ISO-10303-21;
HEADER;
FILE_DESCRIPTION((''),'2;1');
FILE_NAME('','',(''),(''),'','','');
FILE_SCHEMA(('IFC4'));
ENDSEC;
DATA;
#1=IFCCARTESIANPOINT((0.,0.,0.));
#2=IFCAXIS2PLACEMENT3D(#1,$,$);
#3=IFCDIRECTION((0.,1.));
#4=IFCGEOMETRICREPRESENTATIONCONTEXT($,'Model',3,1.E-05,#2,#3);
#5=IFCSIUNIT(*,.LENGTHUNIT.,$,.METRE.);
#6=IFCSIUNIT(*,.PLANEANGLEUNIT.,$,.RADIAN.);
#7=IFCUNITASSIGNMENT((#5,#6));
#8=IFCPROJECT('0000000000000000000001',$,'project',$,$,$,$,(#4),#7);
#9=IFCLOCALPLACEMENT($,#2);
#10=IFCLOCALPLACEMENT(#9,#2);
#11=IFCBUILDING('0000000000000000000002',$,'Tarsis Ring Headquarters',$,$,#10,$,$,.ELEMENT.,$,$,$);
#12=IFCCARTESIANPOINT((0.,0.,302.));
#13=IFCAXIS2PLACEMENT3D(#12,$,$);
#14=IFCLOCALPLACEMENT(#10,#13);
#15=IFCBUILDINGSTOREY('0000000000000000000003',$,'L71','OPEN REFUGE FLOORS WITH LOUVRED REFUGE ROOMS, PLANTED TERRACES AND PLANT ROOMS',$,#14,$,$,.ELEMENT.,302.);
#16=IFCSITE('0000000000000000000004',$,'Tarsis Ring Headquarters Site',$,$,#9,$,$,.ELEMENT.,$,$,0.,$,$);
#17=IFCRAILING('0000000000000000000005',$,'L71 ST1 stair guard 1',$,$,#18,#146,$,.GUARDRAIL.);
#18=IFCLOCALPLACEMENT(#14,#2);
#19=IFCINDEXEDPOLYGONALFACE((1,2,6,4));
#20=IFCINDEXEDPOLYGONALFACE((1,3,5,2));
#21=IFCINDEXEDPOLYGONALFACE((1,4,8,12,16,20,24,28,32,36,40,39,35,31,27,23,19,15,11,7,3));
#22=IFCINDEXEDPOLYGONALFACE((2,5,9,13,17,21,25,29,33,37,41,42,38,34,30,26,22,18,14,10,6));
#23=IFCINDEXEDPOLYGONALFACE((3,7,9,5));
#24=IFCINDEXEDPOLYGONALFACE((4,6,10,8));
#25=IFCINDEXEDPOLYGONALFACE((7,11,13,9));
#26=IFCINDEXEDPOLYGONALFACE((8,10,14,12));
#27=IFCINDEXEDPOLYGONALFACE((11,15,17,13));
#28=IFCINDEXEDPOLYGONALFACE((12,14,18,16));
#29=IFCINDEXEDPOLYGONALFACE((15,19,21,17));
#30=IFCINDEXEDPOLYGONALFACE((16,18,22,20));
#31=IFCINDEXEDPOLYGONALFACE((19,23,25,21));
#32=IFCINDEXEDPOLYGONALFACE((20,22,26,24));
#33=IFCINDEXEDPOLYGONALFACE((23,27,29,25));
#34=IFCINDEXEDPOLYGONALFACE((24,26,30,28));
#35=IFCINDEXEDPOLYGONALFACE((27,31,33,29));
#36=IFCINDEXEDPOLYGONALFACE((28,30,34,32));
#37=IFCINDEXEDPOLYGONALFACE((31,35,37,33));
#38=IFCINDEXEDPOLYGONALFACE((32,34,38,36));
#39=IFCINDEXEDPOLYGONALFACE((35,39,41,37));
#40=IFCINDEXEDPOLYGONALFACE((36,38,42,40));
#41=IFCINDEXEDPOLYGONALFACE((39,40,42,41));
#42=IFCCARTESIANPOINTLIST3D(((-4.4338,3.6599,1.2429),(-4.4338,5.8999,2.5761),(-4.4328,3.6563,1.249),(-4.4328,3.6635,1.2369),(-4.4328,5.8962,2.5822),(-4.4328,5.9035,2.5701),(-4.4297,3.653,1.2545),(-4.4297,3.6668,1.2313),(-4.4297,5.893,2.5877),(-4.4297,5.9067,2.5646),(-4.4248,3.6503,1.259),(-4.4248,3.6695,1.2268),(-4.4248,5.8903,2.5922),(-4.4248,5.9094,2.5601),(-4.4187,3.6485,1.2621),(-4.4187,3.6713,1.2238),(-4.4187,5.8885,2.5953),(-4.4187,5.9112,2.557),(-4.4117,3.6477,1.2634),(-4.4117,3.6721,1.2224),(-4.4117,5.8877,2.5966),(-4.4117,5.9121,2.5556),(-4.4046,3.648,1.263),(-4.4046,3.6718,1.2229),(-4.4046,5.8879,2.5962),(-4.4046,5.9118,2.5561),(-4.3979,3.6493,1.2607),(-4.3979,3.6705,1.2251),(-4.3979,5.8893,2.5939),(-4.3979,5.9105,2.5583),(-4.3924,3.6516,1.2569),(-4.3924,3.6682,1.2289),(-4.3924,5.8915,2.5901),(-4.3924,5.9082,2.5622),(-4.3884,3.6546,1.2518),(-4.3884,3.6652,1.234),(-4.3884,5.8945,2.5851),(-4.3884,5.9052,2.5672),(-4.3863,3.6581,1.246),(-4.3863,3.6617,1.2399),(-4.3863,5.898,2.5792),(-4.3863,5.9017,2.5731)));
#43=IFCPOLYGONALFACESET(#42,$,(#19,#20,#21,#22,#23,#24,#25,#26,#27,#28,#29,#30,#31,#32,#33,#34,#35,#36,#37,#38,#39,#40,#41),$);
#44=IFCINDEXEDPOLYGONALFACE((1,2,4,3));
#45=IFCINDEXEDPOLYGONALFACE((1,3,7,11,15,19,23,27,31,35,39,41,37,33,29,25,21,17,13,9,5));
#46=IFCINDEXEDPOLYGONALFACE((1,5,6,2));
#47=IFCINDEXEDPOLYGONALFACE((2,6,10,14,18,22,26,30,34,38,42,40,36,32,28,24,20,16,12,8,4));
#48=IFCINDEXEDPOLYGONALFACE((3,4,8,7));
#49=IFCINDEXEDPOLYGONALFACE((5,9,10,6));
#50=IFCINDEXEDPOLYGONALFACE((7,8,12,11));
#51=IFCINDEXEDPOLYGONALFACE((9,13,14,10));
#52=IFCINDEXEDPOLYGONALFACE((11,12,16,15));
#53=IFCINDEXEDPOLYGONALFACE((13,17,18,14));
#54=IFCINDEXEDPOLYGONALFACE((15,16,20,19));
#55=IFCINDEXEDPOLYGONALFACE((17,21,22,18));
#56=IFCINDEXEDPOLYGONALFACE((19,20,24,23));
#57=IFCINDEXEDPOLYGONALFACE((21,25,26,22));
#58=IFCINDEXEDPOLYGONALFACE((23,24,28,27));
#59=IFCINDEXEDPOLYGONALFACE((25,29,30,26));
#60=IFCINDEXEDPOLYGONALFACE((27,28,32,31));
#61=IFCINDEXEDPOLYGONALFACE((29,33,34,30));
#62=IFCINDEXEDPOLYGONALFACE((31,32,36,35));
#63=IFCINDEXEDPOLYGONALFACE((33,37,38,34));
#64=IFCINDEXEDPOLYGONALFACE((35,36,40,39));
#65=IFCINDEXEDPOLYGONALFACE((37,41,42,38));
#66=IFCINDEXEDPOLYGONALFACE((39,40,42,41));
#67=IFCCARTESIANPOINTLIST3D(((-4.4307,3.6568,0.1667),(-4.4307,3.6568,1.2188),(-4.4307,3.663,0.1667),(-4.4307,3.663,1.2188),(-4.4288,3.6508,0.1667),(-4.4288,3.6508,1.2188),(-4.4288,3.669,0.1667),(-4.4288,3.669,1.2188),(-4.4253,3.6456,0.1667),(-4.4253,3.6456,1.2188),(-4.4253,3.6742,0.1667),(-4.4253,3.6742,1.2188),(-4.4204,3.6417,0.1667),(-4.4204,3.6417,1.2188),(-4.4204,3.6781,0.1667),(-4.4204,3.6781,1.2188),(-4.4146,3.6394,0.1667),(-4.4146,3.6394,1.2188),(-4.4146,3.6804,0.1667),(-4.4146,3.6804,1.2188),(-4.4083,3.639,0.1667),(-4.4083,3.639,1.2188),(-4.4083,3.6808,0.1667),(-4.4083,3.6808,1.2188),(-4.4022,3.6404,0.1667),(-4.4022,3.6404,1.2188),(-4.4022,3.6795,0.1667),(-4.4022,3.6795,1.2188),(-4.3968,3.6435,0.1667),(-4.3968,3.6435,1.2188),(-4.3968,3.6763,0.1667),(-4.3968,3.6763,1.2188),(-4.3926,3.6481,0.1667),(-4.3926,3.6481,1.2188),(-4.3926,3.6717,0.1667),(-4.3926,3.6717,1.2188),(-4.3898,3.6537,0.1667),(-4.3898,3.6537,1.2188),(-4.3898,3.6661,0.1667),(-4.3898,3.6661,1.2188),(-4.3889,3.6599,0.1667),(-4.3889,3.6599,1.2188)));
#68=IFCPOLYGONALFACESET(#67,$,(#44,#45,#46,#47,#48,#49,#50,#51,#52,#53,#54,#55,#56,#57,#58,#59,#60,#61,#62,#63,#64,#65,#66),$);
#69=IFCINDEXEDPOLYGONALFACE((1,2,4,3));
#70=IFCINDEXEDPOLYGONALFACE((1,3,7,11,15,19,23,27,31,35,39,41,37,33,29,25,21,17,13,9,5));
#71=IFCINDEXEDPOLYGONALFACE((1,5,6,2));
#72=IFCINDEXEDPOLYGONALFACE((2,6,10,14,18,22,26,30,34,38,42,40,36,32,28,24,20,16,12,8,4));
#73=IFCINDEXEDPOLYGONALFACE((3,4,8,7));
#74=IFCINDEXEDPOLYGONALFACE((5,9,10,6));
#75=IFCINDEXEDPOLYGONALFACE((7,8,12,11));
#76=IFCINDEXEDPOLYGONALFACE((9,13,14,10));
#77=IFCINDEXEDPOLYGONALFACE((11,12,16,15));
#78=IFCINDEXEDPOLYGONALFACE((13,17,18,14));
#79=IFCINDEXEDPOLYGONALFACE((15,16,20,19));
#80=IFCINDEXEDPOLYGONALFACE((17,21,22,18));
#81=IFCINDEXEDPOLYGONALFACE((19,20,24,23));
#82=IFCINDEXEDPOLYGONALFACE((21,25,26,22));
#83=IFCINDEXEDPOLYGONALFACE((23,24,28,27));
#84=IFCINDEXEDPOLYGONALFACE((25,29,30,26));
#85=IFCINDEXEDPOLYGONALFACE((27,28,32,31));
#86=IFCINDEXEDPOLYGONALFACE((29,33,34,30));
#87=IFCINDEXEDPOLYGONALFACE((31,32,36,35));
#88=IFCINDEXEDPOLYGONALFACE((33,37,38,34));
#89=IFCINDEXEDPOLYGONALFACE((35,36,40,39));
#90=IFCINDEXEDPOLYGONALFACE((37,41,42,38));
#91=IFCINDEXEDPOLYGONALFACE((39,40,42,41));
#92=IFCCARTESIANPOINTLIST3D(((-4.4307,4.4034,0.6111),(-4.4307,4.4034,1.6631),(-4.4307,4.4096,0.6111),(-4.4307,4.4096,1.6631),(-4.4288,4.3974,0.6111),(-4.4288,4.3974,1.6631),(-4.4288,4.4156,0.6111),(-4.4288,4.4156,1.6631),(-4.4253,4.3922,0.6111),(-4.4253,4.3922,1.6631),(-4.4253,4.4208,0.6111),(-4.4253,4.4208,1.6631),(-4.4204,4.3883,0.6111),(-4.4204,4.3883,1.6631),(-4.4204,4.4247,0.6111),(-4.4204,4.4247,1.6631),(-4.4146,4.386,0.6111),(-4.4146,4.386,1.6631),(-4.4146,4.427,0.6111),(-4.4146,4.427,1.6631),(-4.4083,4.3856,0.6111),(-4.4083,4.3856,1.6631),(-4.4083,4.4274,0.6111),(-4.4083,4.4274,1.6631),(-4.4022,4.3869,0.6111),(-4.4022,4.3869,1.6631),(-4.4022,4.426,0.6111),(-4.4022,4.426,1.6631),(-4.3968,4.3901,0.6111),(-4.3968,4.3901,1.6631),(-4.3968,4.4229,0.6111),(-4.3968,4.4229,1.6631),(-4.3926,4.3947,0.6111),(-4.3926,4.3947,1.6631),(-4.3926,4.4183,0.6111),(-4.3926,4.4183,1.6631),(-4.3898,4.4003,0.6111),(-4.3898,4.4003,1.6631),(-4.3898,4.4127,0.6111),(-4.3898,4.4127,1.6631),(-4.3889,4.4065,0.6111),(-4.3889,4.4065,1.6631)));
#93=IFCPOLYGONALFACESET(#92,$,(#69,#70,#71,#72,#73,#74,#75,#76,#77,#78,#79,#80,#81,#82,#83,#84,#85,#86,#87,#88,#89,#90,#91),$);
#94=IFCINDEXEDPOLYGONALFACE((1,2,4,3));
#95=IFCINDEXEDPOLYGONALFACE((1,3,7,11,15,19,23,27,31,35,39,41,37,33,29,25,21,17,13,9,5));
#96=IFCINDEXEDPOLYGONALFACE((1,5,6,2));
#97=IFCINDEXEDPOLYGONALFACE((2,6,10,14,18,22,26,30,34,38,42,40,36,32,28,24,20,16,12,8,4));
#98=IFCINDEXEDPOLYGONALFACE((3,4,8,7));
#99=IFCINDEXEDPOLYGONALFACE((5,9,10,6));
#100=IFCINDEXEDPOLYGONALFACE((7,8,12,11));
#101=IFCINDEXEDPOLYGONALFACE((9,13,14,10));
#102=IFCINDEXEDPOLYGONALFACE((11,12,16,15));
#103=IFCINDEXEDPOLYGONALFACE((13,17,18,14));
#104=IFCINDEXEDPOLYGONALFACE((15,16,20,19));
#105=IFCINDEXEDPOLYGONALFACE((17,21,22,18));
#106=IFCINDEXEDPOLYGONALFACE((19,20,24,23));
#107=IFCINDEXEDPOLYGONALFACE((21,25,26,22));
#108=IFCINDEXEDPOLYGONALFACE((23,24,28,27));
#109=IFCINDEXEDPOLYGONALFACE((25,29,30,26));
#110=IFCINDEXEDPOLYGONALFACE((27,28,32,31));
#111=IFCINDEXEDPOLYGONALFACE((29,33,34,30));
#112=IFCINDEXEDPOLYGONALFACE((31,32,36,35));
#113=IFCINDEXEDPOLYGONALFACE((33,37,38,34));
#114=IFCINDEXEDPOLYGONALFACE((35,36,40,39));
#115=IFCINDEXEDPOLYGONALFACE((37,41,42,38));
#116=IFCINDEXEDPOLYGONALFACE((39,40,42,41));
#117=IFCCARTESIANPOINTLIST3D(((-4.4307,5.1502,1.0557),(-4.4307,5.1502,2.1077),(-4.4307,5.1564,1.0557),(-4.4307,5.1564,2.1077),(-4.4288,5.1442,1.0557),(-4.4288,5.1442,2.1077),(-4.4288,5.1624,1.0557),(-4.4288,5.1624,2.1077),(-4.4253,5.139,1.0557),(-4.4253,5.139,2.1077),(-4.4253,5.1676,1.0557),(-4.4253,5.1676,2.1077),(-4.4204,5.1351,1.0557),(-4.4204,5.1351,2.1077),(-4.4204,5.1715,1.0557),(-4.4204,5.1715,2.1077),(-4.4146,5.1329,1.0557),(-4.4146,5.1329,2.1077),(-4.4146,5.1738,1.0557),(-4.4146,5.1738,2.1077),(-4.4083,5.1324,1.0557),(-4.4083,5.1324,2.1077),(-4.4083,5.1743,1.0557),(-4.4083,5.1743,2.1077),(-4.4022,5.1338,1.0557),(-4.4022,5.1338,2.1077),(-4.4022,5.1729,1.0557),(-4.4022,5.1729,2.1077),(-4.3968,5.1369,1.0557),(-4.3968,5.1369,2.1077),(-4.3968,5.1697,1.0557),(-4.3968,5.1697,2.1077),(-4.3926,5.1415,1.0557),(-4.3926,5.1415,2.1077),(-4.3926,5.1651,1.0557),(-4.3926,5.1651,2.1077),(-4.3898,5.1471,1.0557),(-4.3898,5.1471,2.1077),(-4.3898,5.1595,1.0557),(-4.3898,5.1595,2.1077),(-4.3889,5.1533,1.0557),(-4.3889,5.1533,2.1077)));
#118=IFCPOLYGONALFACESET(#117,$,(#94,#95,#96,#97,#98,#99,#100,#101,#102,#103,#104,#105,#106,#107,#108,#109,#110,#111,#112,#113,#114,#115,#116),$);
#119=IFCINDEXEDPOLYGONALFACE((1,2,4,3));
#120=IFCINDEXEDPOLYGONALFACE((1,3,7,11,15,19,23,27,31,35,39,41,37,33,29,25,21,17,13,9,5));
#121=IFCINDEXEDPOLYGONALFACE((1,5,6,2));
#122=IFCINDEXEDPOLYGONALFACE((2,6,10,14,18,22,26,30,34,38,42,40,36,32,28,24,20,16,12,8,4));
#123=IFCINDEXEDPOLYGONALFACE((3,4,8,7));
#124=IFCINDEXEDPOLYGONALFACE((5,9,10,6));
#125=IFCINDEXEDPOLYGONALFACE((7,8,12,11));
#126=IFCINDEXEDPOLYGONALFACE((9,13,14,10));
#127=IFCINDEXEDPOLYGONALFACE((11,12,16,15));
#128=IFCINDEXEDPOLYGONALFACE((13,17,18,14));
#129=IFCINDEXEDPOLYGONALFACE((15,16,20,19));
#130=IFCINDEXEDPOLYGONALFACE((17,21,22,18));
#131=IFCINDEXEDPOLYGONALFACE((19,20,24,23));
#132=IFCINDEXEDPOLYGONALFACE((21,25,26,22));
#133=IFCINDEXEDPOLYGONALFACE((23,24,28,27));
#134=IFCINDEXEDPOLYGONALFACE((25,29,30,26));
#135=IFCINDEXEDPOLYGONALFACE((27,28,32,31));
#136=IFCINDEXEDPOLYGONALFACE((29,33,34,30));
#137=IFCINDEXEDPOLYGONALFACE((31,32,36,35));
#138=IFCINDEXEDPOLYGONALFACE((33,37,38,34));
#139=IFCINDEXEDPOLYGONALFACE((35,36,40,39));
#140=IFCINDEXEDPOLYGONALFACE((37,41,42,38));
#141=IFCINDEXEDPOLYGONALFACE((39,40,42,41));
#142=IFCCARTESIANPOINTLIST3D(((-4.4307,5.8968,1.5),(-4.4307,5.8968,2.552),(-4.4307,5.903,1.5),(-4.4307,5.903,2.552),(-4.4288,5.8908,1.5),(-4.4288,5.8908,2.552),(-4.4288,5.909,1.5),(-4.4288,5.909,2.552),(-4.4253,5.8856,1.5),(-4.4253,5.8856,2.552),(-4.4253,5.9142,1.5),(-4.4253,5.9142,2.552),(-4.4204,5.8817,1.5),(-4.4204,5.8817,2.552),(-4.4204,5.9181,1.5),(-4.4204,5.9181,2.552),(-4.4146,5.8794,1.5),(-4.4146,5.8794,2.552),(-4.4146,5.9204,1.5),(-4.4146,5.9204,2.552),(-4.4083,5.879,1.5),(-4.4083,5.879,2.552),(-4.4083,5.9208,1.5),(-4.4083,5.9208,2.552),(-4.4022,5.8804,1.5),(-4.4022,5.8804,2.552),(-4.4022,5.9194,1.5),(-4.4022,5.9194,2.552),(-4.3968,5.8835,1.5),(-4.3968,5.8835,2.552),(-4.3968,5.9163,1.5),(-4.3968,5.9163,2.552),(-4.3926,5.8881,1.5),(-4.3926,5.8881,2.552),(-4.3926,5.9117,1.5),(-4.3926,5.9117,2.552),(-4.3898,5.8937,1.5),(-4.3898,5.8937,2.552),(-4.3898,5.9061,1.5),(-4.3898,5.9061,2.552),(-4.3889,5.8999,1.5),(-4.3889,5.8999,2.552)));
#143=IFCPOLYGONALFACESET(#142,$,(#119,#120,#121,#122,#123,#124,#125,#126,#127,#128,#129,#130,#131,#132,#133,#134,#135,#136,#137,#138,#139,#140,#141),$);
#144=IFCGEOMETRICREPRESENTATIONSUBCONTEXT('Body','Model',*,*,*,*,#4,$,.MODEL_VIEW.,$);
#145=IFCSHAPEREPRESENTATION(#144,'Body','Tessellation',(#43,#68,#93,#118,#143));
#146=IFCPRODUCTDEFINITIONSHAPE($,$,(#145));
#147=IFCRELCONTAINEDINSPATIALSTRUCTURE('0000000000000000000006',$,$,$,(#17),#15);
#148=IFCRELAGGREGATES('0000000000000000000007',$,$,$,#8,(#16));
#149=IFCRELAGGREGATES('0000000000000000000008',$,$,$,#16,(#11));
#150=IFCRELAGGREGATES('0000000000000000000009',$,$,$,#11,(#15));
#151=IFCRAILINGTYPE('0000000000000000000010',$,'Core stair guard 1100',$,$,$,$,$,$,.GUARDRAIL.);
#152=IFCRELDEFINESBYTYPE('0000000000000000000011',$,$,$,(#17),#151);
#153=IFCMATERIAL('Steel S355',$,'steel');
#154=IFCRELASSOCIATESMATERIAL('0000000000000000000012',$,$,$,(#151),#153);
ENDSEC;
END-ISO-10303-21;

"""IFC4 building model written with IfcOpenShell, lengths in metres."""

from ifc_helpers import new_model, si_unit, direction, frame, origin, origin_2d, place, context, subcontext, project, spatial, circle, extrude, material, type_object, element, save


model = new_model("IFC4")

# Units and contexts
model_context = context("Model", 3, precision=1e-05, world=origin(), true_north=direction((0.0, 1.0)))
body_context = subcontext(model_context, "Body", "Model", "MODEL_VIEW")
ifc_project = project(units=[si_unit("LENGTHUNIT", "METRE"), si_unit("PLANEANGLEUNIT", "RADIAN")], contexts=[model_context])

# Site, building, storey
site_placement = place(None, origin())
site = spatial("IfcSite", under=ifc_project, at=site_placement, Name="Tarsis Ring Headquarters Site", CompositionType="ELEMENT", RefElevation=0.0)
building_placement = place(site_placement, origin())
building = spatial("IfcBuilding", under=site, at=building_placement, Name="Tarsis Ring Headquarters", CompositionType="ELEMENT")
storey_placement = place(building_placement, frame((0.0, 0.0, 302.0)))
storey = spatial("IfcBuildingStorey", under=building, at=storey_placement, Name="L71", Description="OPEN REFUGE FLOORS WITH LOUVRED REFUGE ROOMS, PLANTED TERRACES AND PLANT ROOMS", CompositionType="ELEMENT", Elevation=302.0)

# Shared definitions
ifc_material_1 = material(Name="Steel S355", Category="steel")

# Railing
railing_type_1 = type_object("IfcRailingType", Name="Core stair guard 1100", PredefinedType="GUARDRAIL", material=ifc_material_1)
railing_1_placement = place(storey_placement, frame((-4.4099, 3.6599, 0.1667)))
element("IfcRailing", 1, at=railing_1_placement, inside=storey, type_object=railing_type_1, Name="L71 ST1 stair guard 1", PredefinedType="GUARDRAIL", context=body_context, shape_type="SweptSolid", body=[
    extrude(circle(Radius=0.0239, at=origin_2d()), frame((0.0, 0.0, 1.0762), z_axis=(0.0, 0.859306, 0.511462), x_axis=(-1.0, 0.0, 0.0)), (0.0, 0.0, 1.0), 2.6067),
    extrude(circle(Radius=0.021, at=origin_2d()), origin(), (0.0, 0.0, 1.0), 1.052),
    extrude(circle(Radius=0.021, at=origin_2d()), frame((0.0, 0.7466, 0.4443)), (0.0, 0.0, 1.0), 1.052),
    extrude(circle(Radius=0.021, at=origin_2d()), frame((0.0, 1.4934, 0.8889)), (0.0, 0.0, 1.0), 1.052),
    extrude(circle(Radius=0.021, at=origin_2d()), frame((0.0, 2.24, 1.3333)), (0.0, 0.0, 1.0), 1.052),
])

save(model, "model.ifc")
